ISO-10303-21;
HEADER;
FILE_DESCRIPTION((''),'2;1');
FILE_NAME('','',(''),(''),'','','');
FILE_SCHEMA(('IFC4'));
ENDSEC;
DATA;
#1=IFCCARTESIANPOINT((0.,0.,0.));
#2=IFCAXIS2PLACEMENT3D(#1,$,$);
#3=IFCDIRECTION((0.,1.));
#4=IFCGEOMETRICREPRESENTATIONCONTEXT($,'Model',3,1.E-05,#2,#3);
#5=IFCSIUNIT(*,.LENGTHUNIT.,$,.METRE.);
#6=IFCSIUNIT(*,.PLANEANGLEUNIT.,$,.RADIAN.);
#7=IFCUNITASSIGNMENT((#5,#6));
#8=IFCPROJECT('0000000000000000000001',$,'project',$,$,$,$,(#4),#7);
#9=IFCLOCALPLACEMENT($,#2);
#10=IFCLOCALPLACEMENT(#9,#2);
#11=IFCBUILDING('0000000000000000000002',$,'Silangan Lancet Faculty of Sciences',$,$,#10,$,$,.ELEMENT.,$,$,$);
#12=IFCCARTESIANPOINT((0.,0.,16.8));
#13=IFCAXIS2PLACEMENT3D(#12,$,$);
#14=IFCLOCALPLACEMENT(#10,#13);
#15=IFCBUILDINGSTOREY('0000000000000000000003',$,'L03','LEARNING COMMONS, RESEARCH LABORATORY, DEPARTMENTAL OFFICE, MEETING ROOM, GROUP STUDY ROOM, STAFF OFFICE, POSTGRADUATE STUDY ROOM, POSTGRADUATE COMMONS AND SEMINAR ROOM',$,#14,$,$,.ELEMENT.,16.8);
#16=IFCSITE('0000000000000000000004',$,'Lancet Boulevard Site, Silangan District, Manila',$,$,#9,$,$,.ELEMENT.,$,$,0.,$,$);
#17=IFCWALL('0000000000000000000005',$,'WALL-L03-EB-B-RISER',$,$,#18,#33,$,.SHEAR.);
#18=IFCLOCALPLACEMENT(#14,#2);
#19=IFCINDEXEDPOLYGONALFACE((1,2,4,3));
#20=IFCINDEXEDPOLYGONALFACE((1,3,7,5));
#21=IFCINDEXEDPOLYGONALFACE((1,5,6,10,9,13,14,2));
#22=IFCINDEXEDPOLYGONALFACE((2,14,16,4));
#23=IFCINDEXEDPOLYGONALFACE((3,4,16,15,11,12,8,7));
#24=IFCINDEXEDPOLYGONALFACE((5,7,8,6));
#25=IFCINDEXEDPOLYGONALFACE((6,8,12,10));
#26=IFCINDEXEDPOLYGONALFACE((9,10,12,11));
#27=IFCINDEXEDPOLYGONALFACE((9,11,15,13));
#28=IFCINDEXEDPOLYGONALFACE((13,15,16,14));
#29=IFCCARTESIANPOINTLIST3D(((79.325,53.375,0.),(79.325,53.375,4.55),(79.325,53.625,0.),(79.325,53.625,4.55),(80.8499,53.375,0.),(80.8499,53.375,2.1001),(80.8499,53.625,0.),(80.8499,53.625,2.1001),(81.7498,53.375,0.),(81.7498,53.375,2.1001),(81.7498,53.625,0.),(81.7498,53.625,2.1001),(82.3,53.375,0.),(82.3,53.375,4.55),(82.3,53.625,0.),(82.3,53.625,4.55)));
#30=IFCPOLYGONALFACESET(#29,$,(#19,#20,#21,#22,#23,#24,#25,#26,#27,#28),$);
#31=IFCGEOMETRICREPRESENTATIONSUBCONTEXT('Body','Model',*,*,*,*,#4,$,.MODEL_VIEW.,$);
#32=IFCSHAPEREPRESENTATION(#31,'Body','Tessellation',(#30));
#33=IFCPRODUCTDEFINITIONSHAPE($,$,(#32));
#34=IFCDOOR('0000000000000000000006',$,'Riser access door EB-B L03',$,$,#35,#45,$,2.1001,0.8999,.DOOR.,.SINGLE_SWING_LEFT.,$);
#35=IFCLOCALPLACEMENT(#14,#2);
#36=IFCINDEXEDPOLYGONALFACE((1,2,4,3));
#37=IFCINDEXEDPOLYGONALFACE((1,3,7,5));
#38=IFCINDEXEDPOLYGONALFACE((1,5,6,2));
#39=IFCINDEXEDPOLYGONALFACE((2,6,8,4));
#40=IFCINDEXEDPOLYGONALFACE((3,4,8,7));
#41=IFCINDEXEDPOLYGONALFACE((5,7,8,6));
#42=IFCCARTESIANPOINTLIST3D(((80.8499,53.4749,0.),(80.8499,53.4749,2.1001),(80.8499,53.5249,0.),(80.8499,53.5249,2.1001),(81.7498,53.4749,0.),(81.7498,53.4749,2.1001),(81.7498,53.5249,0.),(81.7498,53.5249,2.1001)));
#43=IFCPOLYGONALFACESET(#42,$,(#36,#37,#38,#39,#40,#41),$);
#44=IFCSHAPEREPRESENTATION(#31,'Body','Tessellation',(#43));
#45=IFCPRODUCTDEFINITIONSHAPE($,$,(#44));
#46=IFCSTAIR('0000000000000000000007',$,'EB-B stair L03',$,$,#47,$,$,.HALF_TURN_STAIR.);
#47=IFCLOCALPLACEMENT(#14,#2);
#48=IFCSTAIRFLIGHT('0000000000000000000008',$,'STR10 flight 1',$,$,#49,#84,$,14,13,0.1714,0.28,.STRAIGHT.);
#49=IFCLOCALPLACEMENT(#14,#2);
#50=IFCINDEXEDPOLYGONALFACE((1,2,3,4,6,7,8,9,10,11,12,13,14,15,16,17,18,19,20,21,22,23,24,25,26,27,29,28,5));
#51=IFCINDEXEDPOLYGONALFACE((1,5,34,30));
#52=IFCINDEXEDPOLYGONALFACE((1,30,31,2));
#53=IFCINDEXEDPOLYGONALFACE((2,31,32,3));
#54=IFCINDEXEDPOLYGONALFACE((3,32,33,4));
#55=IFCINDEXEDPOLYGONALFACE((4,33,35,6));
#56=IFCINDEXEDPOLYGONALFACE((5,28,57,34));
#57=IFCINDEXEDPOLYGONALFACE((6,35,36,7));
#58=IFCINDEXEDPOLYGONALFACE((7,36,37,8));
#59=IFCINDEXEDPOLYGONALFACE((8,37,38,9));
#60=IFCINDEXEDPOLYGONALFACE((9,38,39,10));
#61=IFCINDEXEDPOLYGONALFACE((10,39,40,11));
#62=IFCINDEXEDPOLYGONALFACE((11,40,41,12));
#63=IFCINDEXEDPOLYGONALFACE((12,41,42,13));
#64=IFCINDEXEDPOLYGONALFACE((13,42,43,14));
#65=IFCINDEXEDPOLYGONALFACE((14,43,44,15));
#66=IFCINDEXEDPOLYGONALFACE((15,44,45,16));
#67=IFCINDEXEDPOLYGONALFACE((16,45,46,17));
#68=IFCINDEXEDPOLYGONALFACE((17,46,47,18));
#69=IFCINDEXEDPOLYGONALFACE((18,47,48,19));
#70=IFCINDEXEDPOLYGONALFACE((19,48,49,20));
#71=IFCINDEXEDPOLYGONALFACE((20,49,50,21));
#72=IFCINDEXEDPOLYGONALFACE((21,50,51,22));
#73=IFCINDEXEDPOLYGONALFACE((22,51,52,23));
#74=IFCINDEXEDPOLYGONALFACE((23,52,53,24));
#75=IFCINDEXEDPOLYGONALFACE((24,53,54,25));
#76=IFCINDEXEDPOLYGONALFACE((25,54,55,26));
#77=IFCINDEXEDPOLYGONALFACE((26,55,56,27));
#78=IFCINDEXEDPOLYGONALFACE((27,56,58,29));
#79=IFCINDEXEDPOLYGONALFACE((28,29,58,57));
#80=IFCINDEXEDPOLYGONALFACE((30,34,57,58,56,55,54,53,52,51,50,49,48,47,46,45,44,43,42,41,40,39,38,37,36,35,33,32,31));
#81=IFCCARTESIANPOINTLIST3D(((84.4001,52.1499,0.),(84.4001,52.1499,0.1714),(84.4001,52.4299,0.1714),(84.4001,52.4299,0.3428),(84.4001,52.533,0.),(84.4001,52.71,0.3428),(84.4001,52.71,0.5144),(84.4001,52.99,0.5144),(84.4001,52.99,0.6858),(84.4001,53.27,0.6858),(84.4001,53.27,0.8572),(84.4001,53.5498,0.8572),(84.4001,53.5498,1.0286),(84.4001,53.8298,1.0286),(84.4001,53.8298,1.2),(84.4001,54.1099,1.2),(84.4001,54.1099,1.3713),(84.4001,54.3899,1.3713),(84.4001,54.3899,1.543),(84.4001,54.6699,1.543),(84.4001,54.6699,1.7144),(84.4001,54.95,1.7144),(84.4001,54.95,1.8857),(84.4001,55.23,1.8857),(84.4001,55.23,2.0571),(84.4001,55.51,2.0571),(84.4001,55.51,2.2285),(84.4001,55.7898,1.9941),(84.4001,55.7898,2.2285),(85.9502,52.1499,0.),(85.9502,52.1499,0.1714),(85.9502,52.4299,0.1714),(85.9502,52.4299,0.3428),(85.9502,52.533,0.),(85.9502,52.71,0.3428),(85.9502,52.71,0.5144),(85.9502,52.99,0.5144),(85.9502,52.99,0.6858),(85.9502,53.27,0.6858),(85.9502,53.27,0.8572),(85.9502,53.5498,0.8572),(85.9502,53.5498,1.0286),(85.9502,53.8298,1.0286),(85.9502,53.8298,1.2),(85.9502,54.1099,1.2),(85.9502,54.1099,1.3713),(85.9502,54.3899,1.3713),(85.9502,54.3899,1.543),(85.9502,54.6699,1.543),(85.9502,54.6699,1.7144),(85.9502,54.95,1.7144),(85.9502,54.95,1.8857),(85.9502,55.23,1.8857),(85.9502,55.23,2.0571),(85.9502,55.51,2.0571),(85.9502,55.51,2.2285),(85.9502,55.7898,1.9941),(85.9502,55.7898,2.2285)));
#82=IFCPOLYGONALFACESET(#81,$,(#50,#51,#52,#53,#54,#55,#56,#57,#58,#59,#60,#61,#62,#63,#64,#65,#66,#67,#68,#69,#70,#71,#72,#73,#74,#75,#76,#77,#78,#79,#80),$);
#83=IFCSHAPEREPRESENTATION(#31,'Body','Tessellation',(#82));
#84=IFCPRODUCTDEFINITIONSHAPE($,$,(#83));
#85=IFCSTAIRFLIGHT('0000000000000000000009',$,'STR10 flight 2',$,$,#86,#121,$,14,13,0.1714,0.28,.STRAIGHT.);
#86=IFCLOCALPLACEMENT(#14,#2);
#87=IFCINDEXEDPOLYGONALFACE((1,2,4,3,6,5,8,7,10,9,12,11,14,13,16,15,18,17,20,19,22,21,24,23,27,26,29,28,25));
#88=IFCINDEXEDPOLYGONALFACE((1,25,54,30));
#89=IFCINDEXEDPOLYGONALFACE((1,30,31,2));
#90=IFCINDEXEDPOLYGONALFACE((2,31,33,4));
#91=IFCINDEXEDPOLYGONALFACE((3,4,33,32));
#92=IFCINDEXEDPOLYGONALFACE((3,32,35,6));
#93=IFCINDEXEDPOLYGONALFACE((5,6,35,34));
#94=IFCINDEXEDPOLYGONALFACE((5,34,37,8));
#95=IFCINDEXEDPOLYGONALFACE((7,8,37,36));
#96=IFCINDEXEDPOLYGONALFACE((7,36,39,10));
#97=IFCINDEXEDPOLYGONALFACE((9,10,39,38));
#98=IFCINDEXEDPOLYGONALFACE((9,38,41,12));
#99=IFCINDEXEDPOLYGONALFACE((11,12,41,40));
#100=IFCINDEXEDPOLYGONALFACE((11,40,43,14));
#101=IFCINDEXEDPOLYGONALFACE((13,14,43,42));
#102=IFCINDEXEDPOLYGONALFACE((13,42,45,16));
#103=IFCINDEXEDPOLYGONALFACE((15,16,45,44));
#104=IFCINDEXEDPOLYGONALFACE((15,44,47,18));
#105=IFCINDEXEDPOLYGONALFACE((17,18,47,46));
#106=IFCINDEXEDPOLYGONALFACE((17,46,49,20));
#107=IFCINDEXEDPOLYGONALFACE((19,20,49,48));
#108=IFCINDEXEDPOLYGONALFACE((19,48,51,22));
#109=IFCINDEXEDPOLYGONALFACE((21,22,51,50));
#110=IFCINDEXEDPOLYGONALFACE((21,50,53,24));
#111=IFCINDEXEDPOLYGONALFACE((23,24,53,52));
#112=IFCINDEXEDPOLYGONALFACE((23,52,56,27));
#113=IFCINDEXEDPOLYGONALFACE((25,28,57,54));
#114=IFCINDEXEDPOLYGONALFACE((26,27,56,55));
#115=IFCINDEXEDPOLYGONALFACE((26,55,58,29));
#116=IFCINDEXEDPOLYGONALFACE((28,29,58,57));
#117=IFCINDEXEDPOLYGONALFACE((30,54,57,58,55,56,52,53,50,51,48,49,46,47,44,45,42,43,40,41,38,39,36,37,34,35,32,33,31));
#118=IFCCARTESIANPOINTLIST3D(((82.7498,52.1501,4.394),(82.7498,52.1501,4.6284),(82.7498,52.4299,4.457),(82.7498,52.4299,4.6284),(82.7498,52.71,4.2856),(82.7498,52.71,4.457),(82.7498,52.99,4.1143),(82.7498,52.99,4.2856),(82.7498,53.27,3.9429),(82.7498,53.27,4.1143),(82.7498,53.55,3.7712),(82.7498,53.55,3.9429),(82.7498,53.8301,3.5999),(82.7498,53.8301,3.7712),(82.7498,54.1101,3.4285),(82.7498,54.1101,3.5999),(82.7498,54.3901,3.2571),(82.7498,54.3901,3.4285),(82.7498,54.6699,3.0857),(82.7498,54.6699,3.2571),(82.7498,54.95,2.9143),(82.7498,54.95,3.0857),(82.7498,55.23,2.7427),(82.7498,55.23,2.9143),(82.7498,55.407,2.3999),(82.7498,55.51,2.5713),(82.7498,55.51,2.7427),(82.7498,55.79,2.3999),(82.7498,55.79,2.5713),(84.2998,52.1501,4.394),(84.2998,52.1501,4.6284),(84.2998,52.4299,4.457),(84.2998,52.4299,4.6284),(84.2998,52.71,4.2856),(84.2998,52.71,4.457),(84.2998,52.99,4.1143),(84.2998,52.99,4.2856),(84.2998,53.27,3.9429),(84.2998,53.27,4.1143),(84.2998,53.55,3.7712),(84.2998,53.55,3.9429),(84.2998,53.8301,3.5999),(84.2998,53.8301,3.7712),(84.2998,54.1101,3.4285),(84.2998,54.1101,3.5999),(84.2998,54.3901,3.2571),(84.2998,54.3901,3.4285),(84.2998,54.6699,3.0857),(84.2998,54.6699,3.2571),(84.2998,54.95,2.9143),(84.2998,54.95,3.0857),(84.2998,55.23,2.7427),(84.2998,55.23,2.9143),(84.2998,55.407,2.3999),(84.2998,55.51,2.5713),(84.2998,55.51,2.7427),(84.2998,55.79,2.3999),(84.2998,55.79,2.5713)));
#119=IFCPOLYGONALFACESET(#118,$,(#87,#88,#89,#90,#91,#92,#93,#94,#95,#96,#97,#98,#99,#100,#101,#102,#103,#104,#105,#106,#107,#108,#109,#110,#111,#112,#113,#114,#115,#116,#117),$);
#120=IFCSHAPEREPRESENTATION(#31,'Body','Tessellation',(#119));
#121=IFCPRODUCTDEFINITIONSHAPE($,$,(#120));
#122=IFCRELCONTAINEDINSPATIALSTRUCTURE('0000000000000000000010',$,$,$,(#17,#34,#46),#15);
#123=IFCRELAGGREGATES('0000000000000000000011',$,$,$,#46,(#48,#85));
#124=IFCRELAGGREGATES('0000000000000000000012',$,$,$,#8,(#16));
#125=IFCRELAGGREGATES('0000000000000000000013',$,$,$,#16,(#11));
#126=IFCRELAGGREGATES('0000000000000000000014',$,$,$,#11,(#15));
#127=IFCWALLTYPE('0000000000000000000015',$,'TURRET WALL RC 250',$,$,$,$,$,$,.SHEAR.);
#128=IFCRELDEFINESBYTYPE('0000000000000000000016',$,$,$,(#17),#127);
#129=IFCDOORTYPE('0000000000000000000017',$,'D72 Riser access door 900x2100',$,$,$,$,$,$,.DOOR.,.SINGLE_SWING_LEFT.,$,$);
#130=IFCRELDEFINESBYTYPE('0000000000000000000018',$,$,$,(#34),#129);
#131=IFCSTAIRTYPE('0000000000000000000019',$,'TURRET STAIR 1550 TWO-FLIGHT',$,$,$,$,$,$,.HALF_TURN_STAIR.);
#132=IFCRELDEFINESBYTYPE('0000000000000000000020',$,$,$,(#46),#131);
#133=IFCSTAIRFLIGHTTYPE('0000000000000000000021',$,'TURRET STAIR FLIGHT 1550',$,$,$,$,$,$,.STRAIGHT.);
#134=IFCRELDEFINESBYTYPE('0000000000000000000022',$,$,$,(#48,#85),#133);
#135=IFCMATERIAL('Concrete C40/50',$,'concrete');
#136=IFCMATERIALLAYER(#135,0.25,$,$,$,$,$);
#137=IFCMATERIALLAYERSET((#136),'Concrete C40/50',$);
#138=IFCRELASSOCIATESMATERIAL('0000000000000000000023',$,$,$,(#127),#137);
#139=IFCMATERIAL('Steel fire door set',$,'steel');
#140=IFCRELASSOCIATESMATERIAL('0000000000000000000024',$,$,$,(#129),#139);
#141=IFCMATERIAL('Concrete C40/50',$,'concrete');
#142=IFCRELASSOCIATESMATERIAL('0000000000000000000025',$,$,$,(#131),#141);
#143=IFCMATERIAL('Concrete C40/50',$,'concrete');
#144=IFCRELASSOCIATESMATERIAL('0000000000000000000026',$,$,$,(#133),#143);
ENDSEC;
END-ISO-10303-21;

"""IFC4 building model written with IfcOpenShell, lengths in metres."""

from ifc_helpers import new_model, si_unit, direction, frame, frame_2d, origin, place, context, subcontext, project, spatial, polyline, rectangle, outline, extrude, material, layer, layer_set, type_object, element, fill, aggregate, save


model = new_model("IFC4")

# Units and contexts
model_context = context("Model", 3, precision=1e-05, world=origin(), true_north=direction((0.0, 1.0)))
body_context = subcontext(model_context, "Body", "Model", "MODEL_VIEW")
ifc_project = project(units=[si_unit("LENGTHUNIT", "METRE"), si_unit("PLANEANGLEUNIT", "RADIAN")], contexts=[model_context])

# Site, building, storey
site_placement = place(None, origin())
site = spatial("IfcSite", under=ifc_project, at=site_placement, Name="Lancet Boulevard Site, Silangan District, Manila", CompositionType="ELEMENT", RefElevation=0.0)
building_placement = place(site_placement, origin())
building = spatial("IfcBuilding", under=site, at=building_placement, Name="Silangan Lancet Faculty of Sciences", CompositionType="ELEMENT")
storey_placement = place(building_placement, frame((0.0, 0.0, 16.8)))
storey = spatial("IfcBuildingStorey", under=building, at=storey_placement, Name="L03", Description="LEARNING COMMONS, RESEARCH LABORATORY, DEPARTMENTAL OFFICE, MEETING ROOM, GROUP STUDY ROOM, STAFF OFFICE, POSTGRADUATE STUDY ROOM, POSTGRADUATE COMMONS AND SEMINAR ROOM", CompositionType="ELEMENT", Elevation=16.8)

# Wall, opening, door
ifc_material_1 = material(Name="Concrete C40/50", Category="concrete")
ifc_layer_1 = layer(ifc_material_1, 0.25)
ifc_layer_set_1 = layer_set([ifc_layer_1], Name="Concrete C40/50")
wall_type_1 = type_object("IfcWallType", Name="TURRET WALL RC 250", PredefinedType="SHEAR", material=ifc_layer_set_1)
wall_1_placement = place(storey_placement, frame((79.325, 53.5, 0.0), z_axis=(0.0, 0.0, 1.0), x_axis=(1.0, 0.0, 0.0)))
wall_1 = element("IfcWall", 1, at=wall_1_placement, inside=storey, type_object=wall_type_1, Name="WALL-L03-EB-B-RISER", PredefinedType="SHEAR", context=body_context, shape_type="SweptSolid", body=[
    extrude(rectangle(XDim=2.9751, YDim=0.25, at=frame_2d((1.4875, 0.0))), origin(), (0.0, 0.0, 1.0), 4.55),
])
opening_1_placement = place(wall_1_placement, frame((1.5249, 0.0, 0.0)))
opening_1 = element("IfcOpeningElement", 2, at=opening_1_placement, cuts=wall_1, PredefinedType="OPENING", context=body_context, shape_type="SweptSolid", body=[
    extrude(rectangle(XDim=0.8999, YDim=2.1001, at=frame_2d((0.45, 1.05))), frame((0.0, 0.135, 0.0), z_axis=(0.0, -1.0, 0.0), x_axis=(1.0, 0.0, 0.0)), (0.0, 0.0, 1.0), 0.27),
])
ifc_material_2 = material(Name="Steel fire door set", Category="steel")
door_type = type_object("IfcDoorType", Name="D72 Riser access door 900x2100", OperationType="SINGLE_SWING_LEFT", PredefinedType="DOOR", material=ifc_material_2)
door_placement = place(opening_1_placement, origin())
door = element("IfcDoor", 3, at=door_placement, inside=storey, type_object=door_type, Name="Riser access door EB-B L03", OperationType="SINGLE_SWING_LEFT", OverallHeight=2.1001, OverallWidth=0.8999, PredefinedType="DOOR", context=body_context, shape_type="SweptSolid", body=[
    extrude(rectangle(XDim=0.8999, YDim=2.1001, at=frame_2d((0.45, 1.05))), frame((0.0, 0.0249, 0.0), z_axis=(0.0, -1.0, 0.0), x_axis=(1.0, 0.0, 0.0)), (0.0, 0.0, 1.0), 0.05),
])
fill(opening_1, door)

# Stair, stair flights
ifc_material_3 = material(Name="Concrete C40/50", Category="concrete")
stair_type = type_object("IfcStairType", Name="TURRET STAIR 1550 TWO-FLIGHT", PredefinedType="HALF_TURN_STAIR", material=ifc_material_3)
stair_placement = place(storey_placement, origin())
stair = element("IfcStair", 4, at=stair_placement, inside=storey, type_object=stair_type, Name="EB-B stair L03", PredefinedType="HALF_TURN_STAIR")
ifc_material_4 = material(Name="Concrete C40/50", Category="concrete")
stair_flight_type = type_object("IfcStairFlightType", Name="TURRET STAIR FLIGHT 1550", PredefinedType="STRAIGHT", material=ifc_material_4)
stair_flight_1_placement = place(storey_placement, frame((85.175, 52.1499, 0.0), z_axis=(0.0, 0.0, 1.0), x_axis=(0.0, 1.0, 0.0)))
stair_flight_1 = element("IfcStairFlight", 5, at=stair_flight_1_placement, type_object=stair_flight_type, Name="STR10 flight 1", NumberOfRisers=14, NumberOfTreads=13, PredefinedType="STRAIGHT", RiserHeight=0.1714, TreadLength=0.28, context=body_context, shape_type="SweptSolid", body=[
    extrude(outline(polyline([(0.0, 0.0), (0.0, 0.1714), (0.28, 0.1714), (0.28, 0.3428), (0.5601, 0.3428), (0.5601, 0.5144), (0.8401, 0.5144), (0.8401, 0.6858), (1.1201, 0.6858), (1.1201, 0.8572), (1.3999, 0.8572), (1.3999, 1.0286), (1.6799, 1.0286), (1.6799, 1.2), (1.96, 1.2), (1.96, 1.3713), (2.24, 1.3713), (2.24, 1.543), (2.52, 1.543), (2.52, 1.7144), (2.8, 1.7144), (2.8, 1.8857), (3.0801, 1.8857), (3.0801, 2.0571), (3.3601, 2.0571), (3.3601, 2.2285), (3.6399, 2.2285), (3.6399, 2.3999), (3.6399, 1.9941), (0.3831, 0.0), (0.0, 0.0)])), frame((0.0, 0.7749, 0.0), z_axis=(0.0, -1.0, 0.0), x_axis=(1.0, 0.0, 0.0)), (0.0, 0.0, 1.0), 1.55),
])
stair_flight_2_placement = place(storey_placement, frame((83.5249, 55.79, 2.3999), z_axis=(0.0, 0.0, 1.0), x_axis=(0.0, -1.0, 0.0)))
stair_flight_2 = element("IfcStairFlight", 6, at=stair_flight_2_placement, type_object=stair_flight_type, Name="STR10 flight 2", NumberOfRisers=14, NumberOfTreads=13, PredefinedType="STRAIGHT", RiserHeight=0.1714, TreadLength=0.28, context=body_context, shape_type="SweptSolid", body=[
    extrude(outline(polyline([(0.0, 0.0), (0.0, 0.1714), (0.28, 0.1714), (0.28, 0.3428), (0.5601, 0.3428), (0.5601, 0.5144), (0.8401, 0.5144), (0.8401, 0.6858), (1.1201, 0.6858), (1.1201, 0.8572), (1.3999, 0.8572), (1.3999, 1.0286), (1.6799, 1.0286), (1.6799, 1.2), (1.96, 1.2), (1.96, 1.3713), (2.24, 1.3713), (2.24, 1.543), (2.52, 1.543), (2.52, 1.7144), (2.8, 1.7144), (2.8, 1.8857), (3.0801, 1.8857), (3.0801, 2.0571), (3.3601, 2.0571), (3.3601, 2.2285), (3.6399, 2.2285), (3.6399, 2.3999), (3.6399, 1.9941), (0.3831, 0.0), (0.0, 0.0)])), frame((0.0, 0.7749, 0.0), z_axis=(0.0, -1.0, 0.0), x_axis=(1.0, 0.0, 0.0)), (0.0, 0.0, 1.0), 1.55),
])
aggregate(stair, [stair_flight_1, stair_flight_2])

save(model, "model.ifc")
